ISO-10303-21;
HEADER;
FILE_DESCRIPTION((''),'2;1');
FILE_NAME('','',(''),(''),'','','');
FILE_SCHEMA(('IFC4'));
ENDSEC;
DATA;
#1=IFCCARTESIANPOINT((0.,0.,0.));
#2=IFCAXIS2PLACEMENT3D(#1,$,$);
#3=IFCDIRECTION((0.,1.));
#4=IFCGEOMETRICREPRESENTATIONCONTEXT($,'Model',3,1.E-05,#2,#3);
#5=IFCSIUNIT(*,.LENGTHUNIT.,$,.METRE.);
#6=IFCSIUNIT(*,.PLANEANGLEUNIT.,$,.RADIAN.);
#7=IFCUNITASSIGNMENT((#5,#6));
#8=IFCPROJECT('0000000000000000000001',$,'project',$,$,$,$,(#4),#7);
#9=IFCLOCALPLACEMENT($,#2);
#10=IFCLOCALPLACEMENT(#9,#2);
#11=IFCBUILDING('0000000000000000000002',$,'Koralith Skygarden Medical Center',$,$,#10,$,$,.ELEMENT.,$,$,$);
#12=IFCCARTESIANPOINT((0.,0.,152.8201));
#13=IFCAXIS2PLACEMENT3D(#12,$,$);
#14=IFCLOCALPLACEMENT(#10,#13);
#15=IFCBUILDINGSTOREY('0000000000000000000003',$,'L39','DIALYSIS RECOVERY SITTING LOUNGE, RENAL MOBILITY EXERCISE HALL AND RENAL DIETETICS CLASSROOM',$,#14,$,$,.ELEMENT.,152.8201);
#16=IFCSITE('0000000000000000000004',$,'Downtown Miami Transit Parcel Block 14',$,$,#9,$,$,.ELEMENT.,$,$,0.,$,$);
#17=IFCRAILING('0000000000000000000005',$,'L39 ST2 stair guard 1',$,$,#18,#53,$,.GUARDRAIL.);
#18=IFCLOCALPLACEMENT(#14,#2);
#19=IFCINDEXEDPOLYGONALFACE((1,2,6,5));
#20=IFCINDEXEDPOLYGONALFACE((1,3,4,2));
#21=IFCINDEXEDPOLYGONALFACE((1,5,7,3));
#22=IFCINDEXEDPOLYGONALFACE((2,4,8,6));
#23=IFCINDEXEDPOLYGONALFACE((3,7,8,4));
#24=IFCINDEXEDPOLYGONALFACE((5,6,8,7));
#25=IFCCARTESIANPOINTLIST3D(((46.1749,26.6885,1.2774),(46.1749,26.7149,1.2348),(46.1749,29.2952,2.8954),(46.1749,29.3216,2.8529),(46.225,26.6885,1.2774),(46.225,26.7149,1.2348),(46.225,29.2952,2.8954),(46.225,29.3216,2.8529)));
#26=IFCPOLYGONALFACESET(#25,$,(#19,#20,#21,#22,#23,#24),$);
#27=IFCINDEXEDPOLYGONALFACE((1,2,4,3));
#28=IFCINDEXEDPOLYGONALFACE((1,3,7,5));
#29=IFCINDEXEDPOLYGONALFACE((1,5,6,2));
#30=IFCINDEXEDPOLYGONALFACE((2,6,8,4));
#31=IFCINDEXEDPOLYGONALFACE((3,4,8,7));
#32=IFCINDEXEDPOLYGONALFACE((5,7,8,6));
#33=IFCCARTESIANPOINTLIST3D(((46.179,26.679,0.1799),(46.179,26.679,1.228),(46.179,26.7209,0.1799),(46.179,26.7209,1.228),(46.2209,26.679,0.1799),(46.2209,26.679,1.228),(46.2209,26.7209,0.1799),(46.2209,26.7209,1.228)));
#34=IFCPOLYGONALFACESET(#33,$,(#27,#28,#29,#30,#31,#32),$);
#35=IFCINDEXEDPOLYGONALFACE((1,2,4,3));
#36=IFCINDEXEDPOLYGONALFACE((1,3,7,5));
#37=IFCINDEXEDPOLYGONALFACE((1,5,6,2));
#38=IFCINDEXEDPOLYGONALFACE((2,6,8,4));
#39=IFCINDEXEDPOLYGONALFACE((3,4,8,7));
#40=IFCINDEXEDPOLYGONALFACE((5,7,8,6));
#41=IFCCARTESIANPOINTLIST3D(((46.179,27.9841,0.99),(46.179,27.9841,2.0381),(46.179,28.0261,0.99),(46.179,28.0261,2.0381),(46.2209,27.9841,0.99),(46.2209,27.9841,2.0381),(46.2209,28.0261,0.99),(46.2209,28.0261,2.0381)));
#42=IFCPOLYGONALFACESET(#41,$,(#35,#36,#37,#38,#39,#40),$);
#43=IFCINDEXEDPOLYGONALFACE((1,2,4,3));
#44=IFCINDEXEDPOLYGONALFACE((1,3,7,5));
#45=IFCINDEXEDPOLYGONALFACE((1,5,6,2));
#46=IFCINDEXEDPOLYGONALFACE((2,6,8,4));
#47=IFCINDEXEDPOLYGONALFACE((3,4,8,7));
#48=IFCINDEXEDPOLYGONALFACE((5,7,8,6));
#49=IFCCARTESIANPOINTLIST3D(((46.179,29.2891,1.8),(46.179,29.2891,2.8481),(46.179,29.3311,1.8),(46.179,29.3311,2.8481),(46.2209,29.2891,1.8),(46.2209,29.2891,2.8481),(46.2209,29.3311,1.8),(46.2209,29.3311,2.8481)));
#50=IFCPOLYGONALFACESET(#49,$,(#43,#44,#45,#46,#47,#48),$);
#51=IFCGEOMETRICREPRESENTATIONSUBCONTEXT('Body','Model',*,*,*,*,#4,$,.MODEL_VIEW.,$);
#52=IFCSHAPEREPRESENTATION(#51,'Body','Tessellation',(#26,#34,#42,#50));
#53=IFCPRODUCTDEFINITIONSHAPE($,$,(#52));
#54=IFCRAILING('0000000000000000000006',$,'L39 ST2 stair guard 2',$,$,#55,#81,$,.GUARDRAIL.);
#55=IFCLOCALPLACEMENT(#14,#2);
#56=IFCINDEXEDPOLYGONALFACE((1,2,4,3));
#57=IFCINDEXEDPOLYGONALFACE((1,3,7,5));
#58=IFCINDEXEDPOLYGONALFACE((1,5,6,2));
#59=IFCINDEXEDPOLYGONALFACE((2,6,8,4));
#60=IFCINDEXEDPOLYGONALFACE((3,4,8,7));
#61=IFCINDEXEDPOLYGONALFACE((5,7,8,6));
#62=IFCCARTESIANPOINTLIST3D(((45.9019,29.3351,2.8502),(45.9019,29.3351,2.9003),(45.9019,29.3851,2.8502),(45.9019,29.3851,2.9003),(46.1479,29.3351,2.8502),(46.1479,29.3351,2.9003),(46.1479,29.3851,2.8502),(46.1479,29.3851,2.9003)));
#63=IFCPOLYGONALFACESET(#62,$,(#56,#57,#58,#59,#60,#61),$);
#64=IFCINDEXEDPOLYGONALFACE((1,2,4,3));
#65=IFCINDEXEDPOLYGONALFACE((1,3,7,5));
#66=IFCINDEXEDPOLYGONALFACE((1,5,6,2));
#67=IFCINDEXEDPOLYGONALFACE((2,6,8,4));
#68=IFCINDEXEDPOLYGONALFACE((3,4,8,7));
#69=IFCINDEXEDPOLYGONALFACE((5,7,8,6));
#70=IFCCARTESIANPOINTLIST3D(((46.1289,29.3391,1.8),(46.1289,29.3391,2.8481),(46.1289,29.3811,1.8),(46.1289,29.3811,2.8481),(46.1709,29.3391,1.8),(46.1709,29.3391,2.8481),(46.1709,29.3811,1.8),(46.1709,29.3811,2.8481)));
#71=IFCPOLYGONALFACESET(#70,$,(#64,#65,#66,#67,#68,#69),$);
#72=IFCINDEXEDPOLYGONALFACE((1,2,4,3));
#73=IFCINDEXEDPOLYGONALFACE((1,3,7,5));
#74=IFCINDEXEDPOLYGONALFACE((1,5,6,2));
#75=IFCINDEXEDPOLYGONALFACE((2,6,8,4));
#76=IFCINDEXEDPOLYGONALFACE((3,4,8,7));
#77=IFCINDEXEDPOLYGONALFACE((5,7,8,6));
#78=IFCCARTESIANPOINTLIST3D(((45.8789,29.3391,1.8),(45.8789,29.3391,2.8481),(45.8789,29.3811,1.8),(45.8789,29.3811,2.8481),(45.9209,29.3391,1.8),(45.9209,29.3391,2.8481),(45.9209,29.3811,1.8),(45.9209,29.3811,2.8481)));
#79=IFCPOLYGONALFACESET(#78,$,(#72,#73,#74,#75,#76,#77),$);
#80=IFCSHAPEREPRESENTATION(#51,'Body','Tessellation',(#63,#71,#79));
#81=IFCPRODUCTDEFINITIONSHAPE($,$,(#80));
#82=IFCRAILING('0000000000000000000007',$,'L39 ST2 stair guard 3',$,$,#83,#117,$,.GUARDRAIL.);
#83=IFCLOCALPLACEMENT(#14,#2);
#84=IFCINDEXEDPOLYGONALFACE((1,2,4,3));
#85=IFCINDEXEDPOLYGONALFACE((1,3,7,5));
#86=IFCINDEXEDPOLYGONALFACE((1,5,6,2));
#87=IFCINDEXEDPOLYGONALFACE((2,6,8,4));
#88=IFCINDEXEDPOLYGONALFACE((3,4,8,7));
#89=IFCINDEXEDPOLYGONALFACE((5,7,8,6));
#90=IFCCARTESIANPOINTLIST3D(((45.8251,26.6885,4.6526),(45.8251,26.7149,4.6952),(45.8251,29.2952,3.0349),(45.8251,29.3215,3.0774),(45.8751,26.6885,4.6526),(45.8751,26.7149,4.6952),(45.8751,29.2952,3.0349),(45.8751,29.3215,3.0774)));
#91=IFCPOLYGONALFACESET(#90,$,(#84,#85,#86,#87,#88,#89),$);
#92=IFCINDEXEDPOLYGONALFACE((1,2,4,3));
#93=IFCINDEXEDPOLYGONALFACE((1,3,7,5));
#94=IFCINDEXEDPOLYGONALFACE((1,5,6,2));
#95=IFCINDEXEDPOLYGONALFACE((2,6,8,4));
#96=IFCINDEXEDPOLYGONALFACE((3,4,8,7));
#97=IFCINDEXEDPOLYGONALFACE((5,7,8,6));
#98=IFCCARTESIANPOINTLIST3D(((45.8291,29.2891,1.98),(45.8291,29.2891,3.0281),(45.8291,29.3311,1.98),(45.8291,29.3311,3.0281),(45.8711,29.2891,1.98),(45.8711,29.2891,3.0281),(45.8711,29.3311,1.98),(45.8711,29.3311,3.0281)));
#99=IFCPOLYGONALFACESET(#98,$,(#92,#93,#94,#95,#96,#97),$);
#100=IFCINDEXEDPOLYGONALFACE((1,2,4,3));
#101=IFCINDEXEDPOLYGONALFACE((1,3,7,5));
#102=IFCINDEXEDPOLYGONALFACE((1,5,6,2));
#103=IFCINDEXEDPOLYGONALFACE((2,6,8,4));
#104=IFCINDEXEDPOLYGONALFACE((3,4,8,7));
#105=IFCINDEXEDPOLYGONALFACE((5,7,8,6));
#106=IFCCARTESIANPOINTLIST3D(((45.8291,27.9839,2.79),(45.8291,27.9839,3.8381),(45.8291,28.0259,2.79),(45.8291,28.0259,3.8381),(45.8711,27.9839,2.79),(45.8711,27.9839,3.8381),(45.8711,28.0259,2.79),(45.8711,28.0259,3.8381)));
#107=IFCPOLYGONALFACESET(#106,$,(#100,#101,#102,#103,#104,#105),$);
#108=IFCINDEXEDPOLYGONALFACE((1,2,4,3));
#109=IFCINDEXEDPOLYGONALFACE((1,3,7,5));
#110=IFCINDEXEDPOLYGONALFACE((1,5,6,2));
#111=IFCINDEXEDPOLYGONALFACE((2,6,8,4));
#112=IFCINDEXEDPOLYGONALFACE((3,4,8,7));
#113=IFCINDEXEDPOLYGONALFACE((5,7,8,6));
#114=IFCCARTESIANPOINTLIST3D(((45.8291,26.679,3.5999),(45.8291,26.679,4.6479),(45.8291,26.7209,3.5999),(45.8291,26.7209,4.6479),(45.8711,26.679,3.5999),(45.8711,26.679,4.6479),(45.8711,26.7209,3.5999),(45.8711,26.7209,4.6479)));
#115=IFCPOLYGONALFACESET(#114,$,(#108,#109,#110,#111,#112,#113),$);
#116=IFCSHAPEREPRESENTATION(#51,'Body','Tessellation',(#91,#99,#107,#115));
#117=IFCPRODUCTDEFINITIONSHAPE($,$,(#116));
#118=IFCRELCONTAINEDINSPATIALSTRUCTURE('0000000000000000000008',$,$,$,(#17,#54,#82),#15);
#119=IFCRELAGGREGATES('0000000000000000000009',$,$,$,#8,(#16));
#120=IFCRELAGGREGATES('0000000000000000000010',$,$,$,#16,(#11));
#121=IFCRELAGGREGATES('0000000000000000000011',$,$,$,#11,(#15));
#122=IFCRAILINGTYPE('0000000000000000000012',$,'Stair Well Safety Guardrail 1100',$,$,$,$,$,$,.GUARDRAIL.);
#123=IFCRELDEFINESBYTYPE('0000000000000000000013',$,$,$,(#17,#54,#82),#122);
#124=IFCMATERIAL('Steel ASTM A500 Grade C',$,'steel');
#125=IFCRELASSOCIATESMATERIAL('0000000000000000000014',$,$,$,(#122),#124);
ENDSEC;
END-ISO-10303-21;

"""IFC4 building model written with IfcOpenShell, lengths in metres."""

from ifc_helpers import new_model, si_unit, direction, frame, origin, origin_2d, place, context, subcontext, project, spatial, rectangle, extrude, material, type_object, element, save


model = new_model("IFC4")

# Units and contexts
model_context = context("Model", 3, precision=1e-05, world=origin(), true_north=direction((0.0, 1.0)))
body_context = subcontext(model_context, "Body", "Model", "MODEL_VIEW")
ifc_project = project(units=[si_unit("LENGTHUNIT", "METRE"), si_unit("PLANEANGLEUNIT", "RADIAN")], contexts=[model_context])

# Site, building, storey
site_placement = place(None, origin())
site = spatial("IfcSite", under=ifc_project, at=site_placement, Name="Downtown Miami Transit Parcel Block 14", CompositionType="ELEMENT", RefElevation=0.0)
building_placement = place(site_placement, origin())
building = spatial("IfcBuilding", under=site, at=building_placement, Name="Koralith Skygarden Medical Center", CompositionType="ELEMENT")
storey_placement = place(building_placement, frame((0.0, 0.0, 152.8201)))
storey = spatial("IfcBuildingStorey", under=building, at=storey_placement, Name="L39", Description="DIALYSIS RECOVERY SITTING LOUNGE, RENAL MOBILITY EXERCISE HALL AND RENAL DIETETICS CLASSROOM", CompositionType="ELEMENT", Elevation=152.8201)

# Shared definitions
ifc_material_1 = material(Name="Steel ASTM A500 Grade C", Category="steel")

# Railings
railing_type_1 = type_object("IfcRailingType", Name="Stair Well Safety Guardrail 1100", PredefinedType="GUARDRAIL", material=ifc_material_1)
railing_1_placement = place(storey_placement, frame((46.2, 26.7, 0.1799)))
element("IfcRailing", 1, at=railing_1_placement, inside=storey, type_object=railing_type_1, Name="L39 ST2 stair guard 1", PredefinedType="GUARDRAIL", context=body_context, shape_type="SweptSolid", body=[
    extrude(rectangle(XDim=0.05, YDim=0.05, at=origin_2d()), frame((0.0, 0.0017, 1.0762), z_axis=(0.0, 0.849633, 0.527375), x_axis=(-1.0, 0.0, 0.0)), (0.0, 0.0, 1.0), 3.0681),
    extrude(rectangle(XDim=0.042, YDim=0.042, at=origin_2d()), origin(), (0.0, 0.0, 1.0), 1.0481),
    extrude(rectangle(XDim=0.042, YDim=0.042, at=origin_2d()), frame((0.0, 1.3052, 0.8101)), (0.0, 0.0, 1.0), 1.0481),
    extrude(rectangle(XDim=0.042, YDim=0.042, at=origin_2d()), frame((0.0, 2.6101, 1.6201)), (0.0, 0.0, 1.0), 1.0481),
])
railing_2_placement = place(storey_placement, frame((46.1499, 29.3601, 1.8)))
element("IfcRailing", 2, at=railing_2_placement, inside=storey, type_object=railing_type_1, Name="L39 ST2 stair guard 2", PredefinedType="GUARDRAIL", context=body_context, shape_type="SweptSolid", body=[
    extrude(rectangle(XDim=0.05, YDim=0.05, at=origin_2d()), frame((-0.002, 0.0, 1.0752), z_axis=(-1.0, 0.0, 0.0), x_axis=(0.0, -1.0, 0.0)), (0.0, 0.0, 1.0), 0.2461),
    extrude(rectangle(XDim=0.042, YDim=0.042, at=origin_2d()), origin(), (0.0, 0.0, 1.0), 1.0481),
    extrude(rectangle(XDim=0.042, YDim=0.042, at=origin_2d()), frame((-0.25, 0.0, 0.0)), (0.0, 0.0, 1.0), 1.0481),
])
railing_3_placement = place(storey_placement, frame((45.8501, 29.3101, 1.98)))
element("IfcRailing", 3, at=railing_3_placement, inside=storey, type_object=railing_type_1, Name="L39 ST2 stair guard 3", PredefinedType="GUARDRAIL", context=body_context, shape_type="SweptSolid", body=[
    extrude(rectangle(XDim=0.05, YDim=0.05, at=origin_2d()), frame((0.0, -0.0017, 1.0762), z_axis=(0.0, -0.849668, 0.527317), x_axis=(1.0, 0.0, 0.0)), (0.0, 0.0, 1.0), 3.0679),
    extrude(rectangle(XDim=0.042, YDim=0.042, at=origin_2d()), origin(), (0.0, 0.0, 1.0), 1.0481),
    extrude(rectangle(XDim=0.042, YDim=0.042, at=origin_2d()), frame((0.0, -1.3052, 0.8101)), (0.0, 0.0, 1.0), 1.0481),
    extrude(rectangle(XDim=0.042, YDim=0.042, at=origin_2d()), frame((0.0, -2.6101, 1.6199)), (0.0, 0.0, 1.0), 1.0481),
])

save(model, "model.ifc")
